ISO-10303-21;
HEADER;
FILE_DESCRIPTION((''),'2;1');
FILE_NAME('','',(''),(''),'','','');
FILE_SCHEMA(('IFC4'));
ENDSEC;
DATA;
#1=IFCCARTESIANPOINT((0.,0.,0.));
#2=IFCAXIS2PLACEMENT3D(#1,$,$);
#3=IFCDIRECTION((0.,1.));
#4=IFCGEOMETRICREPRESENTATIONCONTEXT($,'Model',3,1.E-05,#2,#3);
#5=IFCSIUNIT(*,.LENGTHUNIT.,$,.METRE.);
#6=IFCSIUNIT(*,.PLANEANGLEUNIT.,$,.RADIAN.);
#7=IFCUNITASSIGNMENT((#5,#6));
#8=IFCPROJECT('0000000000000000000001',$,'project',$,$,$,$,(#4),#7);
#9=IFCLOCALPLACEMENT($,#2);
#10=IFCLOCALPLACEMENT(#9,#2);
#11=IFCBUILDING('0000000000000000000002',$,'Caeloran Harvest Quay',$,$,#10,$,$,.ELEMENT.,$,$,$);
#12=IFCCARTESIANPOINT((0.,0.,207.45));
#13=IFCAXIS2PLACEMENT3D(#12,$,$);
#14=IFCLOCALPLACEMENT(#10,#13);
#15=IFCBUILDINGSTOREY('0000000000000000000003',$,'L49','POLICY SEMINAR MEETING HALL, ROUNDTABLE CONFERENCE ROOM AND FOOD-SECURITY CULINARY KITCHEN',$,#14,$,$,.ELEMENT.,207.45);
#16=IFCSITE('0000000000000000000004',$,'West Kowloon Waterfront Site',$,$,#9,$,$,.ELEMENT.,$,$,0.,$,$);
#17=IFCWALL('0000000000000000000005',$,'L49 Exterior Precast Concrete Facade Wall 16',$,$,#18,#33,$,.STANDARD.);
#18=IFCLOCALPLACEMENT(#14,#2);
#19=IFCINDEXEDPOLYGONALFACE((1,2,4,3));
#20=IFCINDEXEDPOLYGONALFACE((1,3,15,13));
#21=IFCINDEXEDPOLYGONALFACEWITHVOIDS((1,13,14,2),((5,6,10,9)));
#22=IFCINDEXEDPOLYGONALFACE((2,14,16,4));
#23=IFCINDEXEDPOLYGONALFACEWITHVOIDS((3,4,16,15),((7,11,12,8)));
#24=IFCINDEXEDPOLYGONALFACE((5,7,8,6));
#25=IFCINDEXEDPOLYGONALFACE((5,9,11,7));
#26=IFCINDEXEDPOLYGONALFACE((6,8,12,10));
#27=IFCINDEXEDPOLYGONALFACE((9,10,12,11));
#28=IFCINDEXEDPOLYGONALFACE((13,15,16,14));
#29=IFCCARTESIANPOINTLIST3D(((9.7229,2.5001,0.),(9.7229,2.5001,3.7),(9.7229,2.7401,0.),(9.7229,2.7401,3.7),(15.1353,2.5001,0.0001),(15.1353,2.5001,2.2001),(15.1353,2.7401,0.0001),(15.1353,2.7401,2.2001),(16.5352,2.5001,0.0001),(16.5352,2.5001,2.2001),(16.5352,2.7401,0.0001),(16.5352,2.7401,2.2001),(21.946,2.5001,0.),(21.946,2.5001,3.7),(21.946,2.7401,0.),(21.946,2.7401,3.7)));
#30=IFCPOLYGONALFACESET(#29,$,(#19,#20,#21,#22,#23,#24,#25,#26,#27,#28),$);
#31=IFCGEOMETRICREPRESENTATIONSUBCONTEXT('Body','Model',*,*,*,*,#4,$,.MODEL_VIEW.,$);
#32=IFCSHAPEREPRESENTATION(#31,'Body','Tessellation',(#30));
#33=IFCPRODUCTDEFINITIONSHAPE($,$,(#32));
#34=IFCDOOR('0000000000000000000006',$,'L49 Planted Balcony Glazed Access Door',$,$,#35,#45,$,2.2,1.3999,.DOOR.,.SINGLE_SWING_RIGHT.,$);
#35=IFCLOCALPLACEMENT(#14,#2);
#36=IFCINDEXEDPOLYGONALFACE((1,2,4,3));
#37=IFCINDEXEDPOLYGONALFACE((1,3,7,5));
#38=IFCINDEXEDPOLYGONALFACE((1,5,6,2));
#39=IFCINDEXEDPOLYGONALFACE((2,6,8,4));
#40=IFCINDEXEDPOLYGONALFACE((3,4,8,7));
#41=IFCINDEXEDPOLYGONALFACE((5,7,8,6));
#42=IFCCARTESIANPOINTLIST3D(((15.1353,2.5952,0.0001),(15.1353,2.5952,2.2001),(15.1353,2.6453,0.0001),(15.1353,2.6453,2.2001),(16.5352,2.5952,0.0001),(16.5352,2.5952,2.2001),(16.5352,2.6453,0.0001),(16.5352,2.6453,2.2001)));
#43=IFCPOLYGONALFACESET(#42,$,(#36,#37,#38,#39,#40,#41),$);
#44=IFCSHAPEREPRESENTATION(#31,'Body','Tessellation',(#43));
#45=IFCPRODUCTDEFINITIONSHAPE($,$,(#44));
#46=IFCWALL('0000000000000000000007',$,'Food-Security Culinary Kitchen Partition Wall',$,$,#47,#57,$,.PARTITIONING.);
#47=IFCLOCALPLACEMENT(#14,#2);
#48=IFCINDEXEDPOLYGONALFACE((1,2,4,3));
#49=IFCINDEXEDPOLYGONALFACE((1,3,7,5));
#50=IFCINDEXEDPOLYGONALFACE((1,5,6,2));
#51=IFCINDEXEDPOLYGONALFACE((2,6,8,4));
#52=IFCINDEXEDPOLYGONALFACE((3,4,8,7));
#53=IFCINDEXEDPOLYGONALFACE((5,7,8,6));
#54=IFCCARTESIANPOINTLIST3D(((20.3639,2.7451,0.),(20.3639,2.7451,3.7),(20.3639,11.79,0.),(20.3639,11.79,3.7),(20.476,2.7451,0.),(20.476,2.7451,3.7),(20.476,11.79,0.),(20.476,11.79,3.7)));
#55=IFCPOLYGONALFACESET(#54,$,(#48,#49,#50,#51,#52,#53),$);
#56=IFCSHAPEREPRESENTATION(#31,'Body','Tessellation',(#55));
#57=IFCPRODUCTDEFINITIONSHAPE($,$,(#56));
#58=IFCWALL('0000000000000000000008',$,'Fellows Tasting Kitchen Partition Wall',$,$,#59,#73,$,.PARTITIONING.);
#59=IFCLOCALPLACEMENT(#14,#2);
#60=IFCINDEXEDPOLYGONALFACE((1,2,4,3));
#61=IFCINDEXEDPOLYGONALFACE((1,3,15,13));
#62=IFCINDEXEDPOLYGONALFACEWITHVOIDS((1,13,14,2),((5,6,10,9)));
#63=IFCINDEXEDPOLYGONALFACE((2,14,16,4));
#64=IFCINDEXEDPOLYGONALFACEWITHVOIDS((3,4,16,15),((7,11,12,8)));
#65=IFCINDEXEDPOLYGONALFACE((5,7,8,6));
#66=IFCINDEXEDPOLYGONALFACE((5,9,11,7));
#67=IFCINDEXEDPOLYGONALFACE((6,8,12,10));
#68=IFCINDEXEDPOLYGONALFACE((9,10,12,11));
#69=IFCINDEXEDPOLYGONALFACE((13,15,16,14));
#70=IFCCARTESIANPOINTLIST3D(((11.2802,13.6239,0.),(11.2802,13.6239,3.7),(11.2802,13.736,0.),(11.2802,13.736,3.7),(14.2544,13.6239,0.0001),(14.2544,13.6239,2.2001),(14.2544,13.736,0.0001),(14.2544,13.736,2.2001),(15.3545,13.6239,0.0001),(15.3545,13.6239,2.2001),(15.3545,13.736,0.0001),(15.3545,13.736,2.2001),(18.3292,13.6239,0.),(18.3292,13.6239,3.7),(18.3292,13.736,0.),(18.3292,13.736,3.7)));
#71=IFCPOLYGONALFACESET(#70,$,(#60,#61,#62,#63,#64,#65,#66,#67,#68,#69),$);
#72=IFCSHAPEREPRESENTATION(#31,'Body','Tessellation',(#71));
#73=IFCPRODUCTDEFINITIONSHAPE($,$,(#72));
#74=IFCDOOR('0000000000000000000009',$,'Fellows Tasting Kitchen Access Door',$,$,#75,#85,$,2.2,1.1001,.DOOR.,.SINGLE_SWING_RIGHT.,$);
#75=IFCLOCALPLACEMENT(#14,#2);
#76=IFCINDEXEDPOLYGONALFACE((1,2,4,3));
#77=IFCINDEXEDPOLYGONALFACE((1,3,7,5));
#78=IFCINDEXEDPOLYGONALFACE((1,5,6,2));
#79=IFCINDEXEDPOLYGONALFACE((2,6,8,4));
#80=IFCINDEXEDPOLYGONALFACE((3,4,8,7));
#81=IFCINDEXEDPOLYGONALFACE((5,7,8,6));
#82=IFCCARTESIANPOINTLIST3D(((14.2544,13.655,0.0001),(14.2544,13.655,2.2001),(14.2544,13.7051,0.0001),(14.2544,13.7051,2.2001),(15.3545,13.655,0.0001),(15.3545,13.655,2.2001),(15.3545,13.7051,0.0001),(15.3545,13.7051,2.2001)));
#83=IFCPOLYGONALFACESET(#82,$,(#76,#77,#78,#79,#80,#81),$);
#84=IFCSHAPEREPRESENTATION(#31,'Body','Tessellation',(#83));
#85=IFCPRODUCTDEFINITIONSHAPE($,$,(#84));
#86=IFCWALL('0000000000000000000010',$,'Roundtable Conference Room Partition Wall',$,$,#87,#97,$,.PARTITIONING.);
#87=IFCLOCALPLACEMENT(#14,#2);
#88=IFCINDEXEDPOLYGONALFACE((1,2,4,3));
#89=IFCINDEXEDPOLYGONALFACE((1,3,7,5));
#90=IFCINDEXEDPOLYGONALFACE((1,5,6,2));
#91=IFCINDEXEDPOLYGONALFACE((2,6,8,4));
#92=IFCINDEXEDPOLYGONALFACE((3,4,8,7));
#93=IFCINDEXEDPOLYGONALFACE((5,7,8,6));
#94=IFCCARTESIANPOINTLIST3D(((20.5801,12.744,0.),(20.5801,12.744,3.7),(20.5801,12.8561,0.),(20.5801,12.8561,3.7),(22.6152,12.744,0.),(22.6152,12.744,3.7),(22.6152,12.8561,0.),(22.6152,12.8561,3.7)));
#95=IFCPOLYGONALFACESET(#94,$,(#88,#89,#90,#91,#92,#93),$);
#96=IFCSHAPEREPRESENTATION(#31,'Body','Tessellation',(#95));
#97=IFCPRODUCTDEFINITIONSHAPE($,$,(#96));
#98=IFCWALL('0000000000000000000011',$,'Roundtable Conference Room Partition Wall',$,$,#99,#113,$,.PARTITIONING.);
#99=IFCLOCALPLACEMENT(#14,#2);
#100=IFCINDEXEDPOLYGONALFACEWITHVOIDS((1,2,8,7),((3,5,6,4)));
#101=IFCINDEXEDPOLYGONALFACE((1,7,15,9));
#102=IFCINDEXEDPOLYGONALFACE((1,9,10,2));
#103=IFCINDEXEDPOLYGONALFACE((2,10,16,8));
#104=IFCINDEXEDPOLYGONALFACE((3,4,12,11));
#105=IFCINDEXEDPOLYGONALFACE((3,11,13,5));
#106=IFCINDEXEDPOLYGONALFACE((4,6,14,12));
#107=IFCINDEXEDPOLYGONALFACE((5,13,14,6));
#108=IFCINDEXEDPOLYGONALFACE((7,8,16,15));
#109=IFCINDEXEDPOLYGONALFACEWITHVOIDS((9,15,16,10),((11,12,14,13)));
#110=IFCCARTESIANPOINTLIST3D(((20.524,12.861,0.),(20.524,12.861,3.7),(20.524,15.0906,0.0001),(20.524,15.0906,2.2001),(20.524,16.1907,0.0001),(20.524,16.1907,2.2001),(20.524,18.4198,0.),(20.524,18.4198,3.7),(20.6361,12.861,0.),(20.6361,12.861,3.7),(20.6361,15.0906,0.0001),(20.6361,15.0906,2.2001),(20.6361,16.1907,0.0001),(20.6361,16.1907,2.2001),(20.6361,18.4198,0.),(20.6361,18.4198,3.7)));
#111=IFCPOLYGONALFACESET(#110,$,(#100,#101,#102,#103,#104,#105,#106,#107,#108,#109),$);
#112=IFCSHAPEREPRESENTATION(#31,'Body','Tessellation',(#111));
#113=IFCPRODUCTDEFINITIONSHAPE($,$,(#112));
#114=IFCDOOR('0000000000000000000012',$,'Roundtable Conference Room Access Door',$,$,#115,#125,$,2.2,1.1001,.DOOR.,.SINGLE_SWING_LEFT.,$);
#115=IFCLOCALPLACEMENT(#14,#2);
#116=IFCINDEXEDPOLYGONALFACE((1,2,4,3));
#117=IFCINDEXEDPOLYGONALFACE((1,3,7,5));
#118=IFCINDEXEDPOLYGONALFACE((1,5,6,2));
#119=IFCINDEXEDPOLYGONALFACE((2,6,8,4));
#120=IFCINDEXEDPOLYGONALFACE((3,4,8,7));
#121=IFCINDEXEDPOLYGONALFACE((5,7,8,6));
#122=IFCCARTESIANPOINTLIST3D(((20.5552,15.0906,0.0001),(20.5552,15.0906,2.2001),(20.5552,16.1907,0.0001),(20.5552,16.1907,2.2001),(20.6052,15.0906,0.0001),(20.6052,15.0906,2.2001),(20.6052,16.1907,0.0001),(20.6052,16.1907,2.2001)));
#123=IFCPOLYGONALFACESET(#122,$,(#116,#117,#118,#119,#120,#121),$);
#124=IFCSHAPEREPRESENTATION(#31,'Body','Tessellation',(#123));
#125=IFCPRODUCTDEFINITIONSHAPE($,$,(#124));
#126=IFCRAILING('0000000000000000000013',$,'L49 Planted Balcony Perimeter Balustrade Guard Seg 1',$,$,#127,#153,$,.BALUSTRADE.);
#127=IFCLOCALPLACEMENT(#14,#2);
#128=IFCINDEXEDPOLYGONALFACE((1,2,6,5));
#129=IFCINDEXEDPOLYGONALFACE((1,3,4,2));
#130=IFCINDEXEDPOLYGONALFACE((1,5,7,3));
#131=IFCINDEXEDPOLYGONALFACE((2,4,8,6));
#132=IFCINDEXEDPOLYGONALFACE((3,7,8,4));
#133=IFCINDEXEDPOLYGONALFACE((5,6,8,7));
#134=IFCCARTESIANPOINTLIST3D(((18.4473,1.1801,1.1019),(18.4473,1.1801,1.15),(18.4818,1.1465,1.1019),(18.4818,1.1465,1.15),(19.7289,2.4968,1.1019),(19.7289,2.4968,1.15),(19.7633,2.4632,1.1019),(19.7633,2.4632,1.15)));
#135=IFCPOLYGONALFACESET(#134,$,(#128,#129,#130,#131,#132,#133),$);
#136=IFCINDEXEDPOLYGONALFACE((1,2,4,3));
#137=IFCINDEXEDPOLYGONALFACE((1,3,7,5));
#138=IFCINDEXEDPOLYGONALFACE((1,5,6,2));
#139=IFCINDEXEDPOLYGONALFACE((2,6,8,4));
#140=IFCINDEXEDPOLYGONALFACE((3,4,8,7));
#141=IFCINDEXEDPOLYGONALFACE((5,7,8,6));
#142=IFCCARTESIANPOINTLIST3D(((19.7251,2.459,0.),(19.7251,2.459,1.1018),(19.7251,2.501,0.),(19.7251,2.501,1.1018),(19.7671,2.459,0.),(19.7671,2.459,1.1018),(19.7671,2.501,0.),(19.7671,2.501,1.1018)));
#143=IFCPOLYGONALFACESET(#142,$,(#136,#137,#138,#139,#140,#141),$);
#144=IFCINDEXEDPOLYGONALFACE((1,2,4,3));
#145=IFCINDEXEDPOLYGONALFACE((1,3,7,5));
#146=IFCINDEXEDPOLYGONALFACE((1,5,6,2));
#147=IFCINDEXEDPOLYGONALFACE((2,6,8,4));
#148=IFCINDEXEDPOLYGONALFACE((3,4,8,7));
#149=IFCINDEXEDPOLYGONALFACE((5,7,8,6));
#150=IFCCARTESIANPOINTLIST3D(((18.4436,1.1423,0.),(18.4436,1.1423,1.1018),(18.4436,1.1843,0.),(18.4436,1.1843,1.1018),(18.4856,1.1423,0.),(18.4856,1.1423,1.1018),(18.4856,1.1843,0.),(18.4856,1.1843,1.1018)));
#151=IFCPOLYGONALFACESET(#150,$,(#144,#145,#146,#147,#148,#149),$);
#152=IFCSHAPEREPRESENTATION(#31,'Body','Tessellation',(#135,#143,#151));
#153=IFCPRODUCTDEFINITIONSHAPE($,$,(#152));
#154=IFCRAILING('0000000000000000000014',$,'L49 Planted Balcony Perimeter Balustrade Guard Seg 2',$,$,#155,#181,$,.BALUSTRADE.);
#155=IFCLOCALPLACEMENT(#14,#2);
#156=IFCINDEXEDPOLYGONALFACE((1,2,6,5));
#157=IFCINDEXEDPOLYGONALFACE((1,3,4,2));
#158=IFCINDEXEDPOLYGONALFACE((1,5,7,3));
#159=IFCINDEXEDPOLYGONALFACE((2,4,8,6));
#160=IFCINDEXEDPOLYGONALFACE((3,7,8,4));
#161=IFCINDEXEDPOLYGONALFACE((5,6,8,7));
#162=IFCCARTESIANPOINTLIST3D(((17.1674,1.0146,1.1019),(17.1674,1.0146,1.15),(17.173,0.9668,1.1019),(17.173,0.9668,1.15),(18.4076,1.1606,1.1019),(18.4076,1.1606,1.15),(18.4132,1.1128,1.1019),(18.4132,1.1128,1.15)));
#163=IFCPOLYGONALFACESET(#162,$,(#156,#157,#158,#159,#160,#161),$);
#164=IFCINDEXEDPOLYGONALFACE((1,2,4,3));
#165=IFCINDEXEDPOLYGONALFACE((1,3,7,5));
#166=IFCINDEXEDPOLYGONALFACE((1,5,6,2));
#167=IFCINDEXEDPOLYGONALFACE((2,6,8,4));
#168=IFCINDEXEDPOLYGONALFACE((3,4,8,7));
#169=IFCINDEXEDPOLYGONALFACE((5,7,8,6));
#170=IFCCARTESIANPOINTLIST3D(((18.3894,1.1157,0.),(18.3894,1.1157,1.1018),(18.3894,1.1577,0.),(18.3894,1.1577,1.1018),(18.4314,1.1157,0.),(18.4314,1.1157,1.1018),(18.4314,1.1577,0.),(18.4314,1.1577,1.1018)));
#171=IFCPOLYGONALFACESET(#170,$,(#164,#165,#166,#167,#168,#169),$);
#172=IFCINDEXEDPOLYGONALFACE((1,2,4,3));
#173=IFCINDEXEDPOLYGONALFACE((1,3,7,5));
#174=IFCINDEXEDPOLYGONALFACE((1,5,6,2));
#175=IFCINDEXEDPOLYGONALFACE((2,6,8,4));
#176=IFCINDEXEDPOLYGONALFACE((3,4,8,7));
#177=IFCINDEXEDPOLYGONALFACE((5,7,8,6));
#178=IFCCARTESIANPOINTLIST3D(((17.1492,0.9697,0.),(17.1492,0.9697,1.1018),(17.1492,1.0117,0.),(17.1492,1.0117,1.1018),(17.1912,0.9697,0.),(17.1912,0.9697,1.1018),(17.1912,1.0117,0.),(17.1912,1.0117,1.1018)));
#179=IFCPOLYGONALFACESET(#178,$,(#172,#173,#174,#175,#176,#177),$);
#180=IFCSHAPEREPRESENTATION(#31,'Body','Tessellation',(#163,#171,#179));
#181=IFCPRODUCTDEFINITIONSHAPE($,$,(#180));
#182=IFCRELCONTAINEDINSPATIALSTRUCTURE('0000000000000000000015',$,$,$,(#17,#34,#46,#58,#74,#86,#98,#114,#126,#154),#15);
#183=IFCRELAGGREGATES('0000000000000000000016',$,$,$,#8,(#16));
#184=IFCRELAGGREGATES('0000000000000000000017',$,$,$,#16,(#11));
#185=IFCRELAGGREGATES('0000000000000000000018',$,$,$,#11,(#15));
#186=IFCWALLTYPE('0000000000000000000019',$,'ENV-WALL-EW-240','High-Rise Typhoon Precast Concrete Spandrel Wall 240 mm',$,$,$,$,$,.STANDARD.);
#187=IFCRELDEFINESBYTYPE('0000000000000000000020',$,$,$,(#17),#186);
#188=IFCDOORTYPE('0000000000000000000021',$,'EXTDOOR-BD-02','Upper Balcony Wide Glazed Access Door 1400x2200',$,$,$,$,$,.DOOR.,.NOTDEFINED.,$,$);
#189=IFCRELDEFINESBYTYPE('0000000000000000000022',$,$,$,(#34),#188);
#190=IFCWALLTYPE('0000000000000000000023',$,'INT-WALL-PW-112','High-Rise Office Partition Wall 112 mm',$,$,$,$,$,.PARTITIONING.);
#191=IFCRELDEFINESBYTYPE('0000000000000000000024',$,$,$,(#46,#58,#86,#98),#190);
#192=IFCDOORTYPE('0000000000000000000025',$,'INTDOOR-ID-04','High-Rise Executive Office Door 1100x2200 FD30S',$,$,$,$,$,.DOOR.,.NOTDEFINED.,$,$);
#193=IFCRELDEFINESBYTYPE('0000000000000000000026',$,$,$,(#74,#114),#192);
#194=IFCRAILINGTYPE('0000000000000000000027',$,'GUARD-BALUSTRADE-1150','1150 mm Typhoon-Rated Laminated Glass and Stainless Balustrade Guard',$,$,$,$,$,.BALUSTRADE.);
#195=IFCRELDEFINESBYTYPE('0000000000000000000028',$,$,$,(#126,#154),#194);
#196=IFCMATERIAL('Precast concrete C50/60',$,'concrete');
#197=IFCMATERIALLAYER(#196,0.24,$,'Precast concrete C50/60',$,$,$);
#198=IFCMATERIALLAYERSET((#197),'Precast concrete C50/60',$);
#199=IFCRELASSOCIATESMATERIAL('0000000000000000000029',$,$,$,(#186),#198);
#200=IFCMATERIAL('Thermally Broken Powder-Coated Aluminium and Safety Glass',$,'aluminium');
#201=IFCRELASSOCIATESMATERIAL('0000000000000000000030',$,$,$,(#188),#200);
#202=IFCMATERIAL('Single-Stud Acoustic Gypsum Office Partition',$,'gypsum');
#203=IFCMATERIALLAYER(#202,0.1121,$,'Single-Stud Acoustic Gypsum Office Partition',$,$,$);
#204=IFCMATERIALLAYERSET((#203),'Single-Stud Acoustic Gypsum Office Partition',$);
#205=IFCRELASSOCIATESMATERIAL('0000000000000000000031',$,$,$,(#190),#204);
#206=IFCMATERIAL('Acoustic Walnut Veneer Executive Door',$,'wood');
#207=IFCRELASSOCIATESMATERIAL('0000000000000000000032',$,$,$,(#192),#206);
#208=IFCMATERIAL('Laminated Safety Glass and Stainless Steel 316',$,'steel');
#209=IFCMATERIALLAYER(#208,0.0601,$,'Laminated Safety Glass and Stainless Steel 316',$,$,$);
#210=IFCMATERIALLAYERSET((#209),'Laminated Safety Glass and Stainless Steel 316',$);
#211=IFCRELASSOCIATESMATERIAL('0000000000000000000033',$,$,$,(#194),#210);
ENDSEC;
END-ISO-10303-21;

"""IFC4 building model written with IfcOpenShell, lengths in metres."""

from ifc_helpers import new_model, si_unit, direction, frame, frame_2d, origin, origin_2d, place, context, subcontext, project, spatial, rectangle, extrude, material, layer, layer_set, type_object, element, fill, save


model = new_model("IFC4")

# Units and contexts
model_context = context("Model", 3, precision=1e-05, world=origin(), true_north=direction((0.0, 1.0)))
body_context = subcontext(model_context, "Body", "Model", "MODEL_VIEW")
ifc_project = project(units=[si_unit("LENGTHUNIT", "METRE"), si_unit("PLANEANGLEUNIT", "RADIAN")], contexts=[model_context])

# Site, building, storey
site_placement = place(None, origin())
site = spatial("IfcSite", under=ifc_project, at=site_placement, Name="West Kowloon Waterfront Site", CompositionType="ELEMENT", RefElevation=0.0)
building_placement = place(site_placement, origin())
building = spatial("IfcBuilding", under=site, at=building_placement, Name="Caeloran Harvest Quay", CompositionType="ELEMENT")
storey_placement = place(building_placement, frame((0.0, 0.0, 207.45)))
storey = spatial("IfcBuildingStorey", under=building, at=storey_placement, Name="L49", Description="POLICY SEMINAR MEETING HALL, ROUNDTABLE CONFERENCE ROOM AND FOOD-SECURITY CULINARY KITCHEN", CompositionType="ELEMENT", Elevation=207.45)

# Shared definitions
ifc_material_1 = material(Name="Precast concrete C50/60", Category="concrete")

# Shared definitions
ifc_layer_1 = layer(ifc_material_1, 0.24, Name="Precast concrete C50/60")
ifc_layer_set_1 = layer_set([ifc_layer_1], Name="Precast concrete C50/60")
wall_type_1 = type_object("IfcWallType", Name="ENV-WALL-EW-240", Description="High-Rise Typhoon Precast Concrete Spandrel Wall 240 mm", PredefinedType="STANDARD", material=ifc_layer_set_1)

# Wall, opening, door
wall_1_placement = place(storey_placement, frame((21.946, 2.6201, 0.0), z_axis=(0.0, 0.0, 1.0), x_axis=(-1.0, 0.0, 0.0)))
wall_1 = element("IfcWall", 1, at=wall_1_placement, inside=storey, type_object=wall_type_1, Name="L49 Exterior Precast Concrete Facade Wall 16", PredefinedType="STANDARD", context=body_context, shape_type="SweptSolid", body=[
    extrude(rectangle(XDim=12.2231, YDim=0.24, at=frame_2d((6.1116, 0.0))), origin(), (0.0, 0.0, 1.0), 3.7),
])
opening_1_placement = place(wall_1_placement, frame((5.4109, 0.0, 0.0)))
opening_1 = element("IfcOpeningElement", 2, at=opening_1_placement, cuts=wall_1, PredefinedType="OPENING", context=body_context, shape_type="SweptSolid", body=[
    extrude(rectangle(XDim=1.3999, YDim=2.2, at=frame_2d((0.7, 1.1001))), frame((0.0, 0.1299, 0.0), z_axis=(0.0, -1.0, 0.0), x_axis=(1.0, 0.0, 0.0)), (0.0, 0.0, 1.0), 0.26),
])
ifc_material_2 = material(Name="Thermally Broken Powder-Coated Aluminium and Safety Glass", Category="aluminium")
door_type_1 = type_object("IfcDoorType", Name="EXTDOOR-BD-02", Description="Upper Balcony Wide Glazed Access Door 1400x2200", OperationType="NOTDEFINED", PredefinedType="DOOR", material=ifc_material_2)
door_1_placement = place(opening_1_placement, origin())
door_1 = element("IfcDoor", 3, at=door_1_placement, inside=storey, type_object=door_type_1, Name="L49 Planted Balcony Glazed Access Door", OperationType="SINGLE_SWING_RIGHT", OverallHeight=2.2, OverallWidth=1.3999, PredefinedType="DOOR", context=body_context, shape_type="SweptSolid", body=[
    extrude(rectangle(XDim=1.3999, YDim=2.2, at=frame_2d((0.7, 1.1001))), frame((0.0, 0.0249, 0.0), z_axis=(0.0, -1.0, 0.0), x_axis=(1.0, 0.0, 0.0)), (0.0, 0.0, 1.0), 0.05),
])
fill(opening_1, door_1)

# Wall
ifc_material_3 = material(Name="Single-Stud Acoustic Gypsum Office Partition", Category="gypsum")
ifc_layer_2 = layer(ifc_material_3, 0.1121, Name="Single-Stud Acoustic Gypsum Office Partition")
ifc_layer_set_2 = layer_set([ifc_layer_2], Name="Single-Stud Acoustic Gypsum Office Partition")
wall_type_2 = type_object("IfcWallType", Name="INT-WALL-PW-112", Description="High-Rise Office Partition Wall 112 mm", PredefinedType="PARTITIONING", material=ifc_layer_set_2)
wall_2_placement = place(storey_placement, frame((20.4199, 11.79, 0.0), z_axis=(0.0, 0.0, 1.0), x_axis=(0.0, -1.0, 0.0)))
element("IfcWall", 4, at=wall_2_placement, inside=storey, type_object=wall_type_2, Name="Food-Security Culinary Kitchen Partition Wall", PredefinedType="PARTITIONING", context=body_context, shape_type="SweptSolid", body=[
    extrude(rectangle(XDim=9.0449, YDim=0.1121, at=frame_2d((4.5225, 0.0))), origin(), (0.0, 0.0, 1.0), 3.7),
])

# Wall, opening, door
wall_3_placement = place(storey_placement, frame((18.3291, 13.6799, 0.0), z_axis=(0.0, 0.0, 1.0), x_axis=(-1.0, 0.0, 0.0)))
wall_3 = element("IfcWall", 5, at=wall_3_placement, inside=storey, type_object=wall_type_2, Name="Fellows Tasting Kitchen Partition Wall", PredefinedType="PARTITIONING", context=body_context, shape_type="SweptSolid", body=[
    extrude(rectangle(XDim=7.0491, YDim=0.1121, at=frame_2d((3.5244, 0.0))), origin(), (0.0, 0.0, 1.0), 3.7),
])
opening_2_placement = place(wall_3_placement, frame((2.9746, 0.0, 0.0)))
opening_2 = element("IfcOpeningElement", 6, at=opening_2_placement, cuts=wall_3, PredefinedType="OPENING", context=body_context, shape_type="SweptSolid", body=[
    extrude(rectangle(XDim=1.1001, YDim=2.2, at=frame_2d((0.55, 1.1001))), frame((0.0, 0.0659, 0.0), z_axis=(0.0, -1.0, 0.0), x_axis=(1.0, 0.0, 0.0)), (0.0, 0.0, 1.0), 0.1321),
])
ifc_material_4 = material(Name="Acoustic Walnut Veneer Executive Door", Category="wood")
door_type_2 = type_object("IfcDoorType", Name="INTDOOR-ID-04", Description="High-Rise Executive Office Door 1100x2200 FD30S", OperationType="NOTDEFINED", PredefinedType="DOOR", material=ifc_material_4)
door_2_placement = place(opening_2_placement, origin())
door_2 = element("IfcDoor", 7, at=door_2_placement, inside=storey, type_object=door_type_2, Name="Fellows Tasting Kitchen Access Door", OperationType="SINGLE_SWING_RIGHT", OverallHeight=2.2, OverallWidth=1.1001, PredefinedType="DOOR", context=body_context, shape_type="SweptSolid", body=[
    extrude(rectangle(XDim=1.1001, YDim=2.2, at=frame_2d((0.55, 1.1001))), frame((0.0, 0.0249, 0.0), z_axis=(0.0, -1.0, 0.0), x_axis=(1.0, 0.0, 0.0)), (0.0, 0.0, 1.0), 0.05),
])
fill(opening_2, door_2)

# Wall
wall_4_placement = place(storey_placement, frame((22.6152, 12.8, 0.0), z_axis=(0.0, 0.0, 1.0), x_axis=(-1.0, 0.0, 0.0)))
element("IfcWall", 8, at=wall_4_placement, inside=storey, type_object=wall_type_2, Name="Roundtable Conference Room Partition Wall", PredefinedType="PARTITIONING", context=body_context, shape_type="SweptSolid", body=[
    extrude(rectangle(XDim=2.0352, YDim=0.1121, at=frame_2d((1.0176, 0.0))), origin(), (0.0, 0.0, 1.0), 3.7),
])

# Wall, opening, door
wall_5_placement = place(storey_placement, frame((20.5801, 12.8611, 0.0), z_axis=(0.0, 0.0, 1.0), x_axis=(0.0, 1.0, 0.0)))
wall_5 = element("IfcWall", 9, at=wall_5_placement, inside=storey, type_object=wall_type_2, Name="Roundtable Conference Room Partition Wall", PredefinedType="PARTITIONING", context=body_context, shape_type="SweptSolid", body=[
    extrude(rectangle(XDim=5.5588, YDim=0.1121, at=frame_2d((2.7793, 0.0))), origin(), (0.0, 0.0, 1.0), 3.7),
])
opening_3_placement = place(wall_5_placement, frame((2.2295, 0.0, 0.0)))
opening_3 = element("IfcOpeningElement", 10, at=opening_3_placement, cuts=wall_5, PredefinedType="OPENING", context=body_context, shape_type="SweptSolid", body=[
    extrude(rectangle(XDim=1.1001, YDim=2.2, at=frame_2d((0.55, 1.1001))), frame((0.0, 0.0659, 0.0), z_axis=(0.0, -1.0, 0.0), x_axis=(1.0, 0.0, 0.0)), (0.0, 0.0, 1.0), 0.1321),
])
door_3_placement = place(opening_3_placement, origin())
door_3 = element("IfcDoor", 11, at=door_3_placement, inside=storey, type_object=door_type_2, Name="Roundtable Conference Room Access Door", OperationType="SINGLE_SWING_LEFT", OverallHeight=2.2, OverallWidth=1.1001, PredefinedType="DOOR", context=body_context, shape_type="SweptSolid", body=[
    extrude(rectangle(XDim=1.1001, YDim=2.2, at=frame_2d((0.55, 1.1001))), frame((0.0, 0.0249, 0.0), z_axis=(0.0, -1.0, 0.0), x_axis=(1.0, 0.0, 0.0)), (0.0, 0.0, 1.0), 0.05),
])
fill(opening_3, door_3)

# Railings
ifc_material_5 = material(Name="Laminated Safety Glass and Stainless Steel 316", Category="steel")
ifc_layer_3 = layer(ifc_material_5, 0.0601, Name="Laminated Safety Glass and Stainless Steel 316")
ifc_layer_set_3 = layer_set([ifc_layer_3], Name="Laminated Safety Glass and Stainless Steel 316")
railing_type = type_object("IfcRailingType", Name="GUARD-BALUSTRADE-1150", Description="1150 mm Typhoon-Rated Laminated Glass and Stainless Balustrade Guard", PredefinedType="BALUSTRADE", material=ifc_layer_set_3)
railing_1_placement = place(storey_placement, frame((19.7461, 2.48, 0.0)))
element("IfcRailing", 12, at=railing_1_placement, inside=storey, type_object=railing_type, Name="L49 Planted Balcony Perimeter Balustrade Guard Seg 1", PredefinedType="BALUSTRADE", context=body_context, shape_type="SweptSolid", body=[
    extrude(rectangle(XDim=0.0481, YDim=0.0481, at=origin_2d()), frame((0.0, 0.0, 1.126), z_axis=(-0.697475, -0.716609, 0.0), x_axis=(0.716609, -0.697475, 0.0)), (0.0, 0.0, 1.0), 1.8374),
    extrude(rectangle(XDim=0.042, YDim=0.042, at=origin_2d()), origin(), (0.0, 0.0, 1.0), 1.1018),
    extrude(rectangle(XDim=0.042, YDim=0.042, at=origin_2d()), frame((-1.2815, -1.3167, 0.0)), (0.0, 0.0, 1.0), 1.1018),
])
railing_2_placement = place(storey_placement, frame((18.4104, 1.1367, 0.0)))
element("IfcRailing", 13, at=railing_2_placement, inside=storey, type_object=railing_type, Name="L49 Planted Balcony Perimeter Balustrade Guard Seg 2", PredefinedType="BALUSTRADE", context=body_context, shape_type="SweptSolid", body=[
    extrude(rectangle(XDim=0.0481, YDim=0.0481, at=origin_2d()), frame((0.0, 0.0, 1.126), z_axis=(-0.993143, -0.116909, 0.0), x_axis=(0.116909, -0.993143, 0.0)), (0.0, 0.0, 1.0), 1.2488),
    extrude(rectangle(XDim=0.042, YDim=0.042, at=origin_2d()), origin(), (0.0, 0.0, 1.0), 1.1018),
    extrude(rectangle(XDim=0.042, YDim=0.042, at=origin_2d()), frame((-1.2402, -0.146, 0.0)), (0.0, 0.0, 1.0), 1.1018),
])

save(model, "model.ifc")
